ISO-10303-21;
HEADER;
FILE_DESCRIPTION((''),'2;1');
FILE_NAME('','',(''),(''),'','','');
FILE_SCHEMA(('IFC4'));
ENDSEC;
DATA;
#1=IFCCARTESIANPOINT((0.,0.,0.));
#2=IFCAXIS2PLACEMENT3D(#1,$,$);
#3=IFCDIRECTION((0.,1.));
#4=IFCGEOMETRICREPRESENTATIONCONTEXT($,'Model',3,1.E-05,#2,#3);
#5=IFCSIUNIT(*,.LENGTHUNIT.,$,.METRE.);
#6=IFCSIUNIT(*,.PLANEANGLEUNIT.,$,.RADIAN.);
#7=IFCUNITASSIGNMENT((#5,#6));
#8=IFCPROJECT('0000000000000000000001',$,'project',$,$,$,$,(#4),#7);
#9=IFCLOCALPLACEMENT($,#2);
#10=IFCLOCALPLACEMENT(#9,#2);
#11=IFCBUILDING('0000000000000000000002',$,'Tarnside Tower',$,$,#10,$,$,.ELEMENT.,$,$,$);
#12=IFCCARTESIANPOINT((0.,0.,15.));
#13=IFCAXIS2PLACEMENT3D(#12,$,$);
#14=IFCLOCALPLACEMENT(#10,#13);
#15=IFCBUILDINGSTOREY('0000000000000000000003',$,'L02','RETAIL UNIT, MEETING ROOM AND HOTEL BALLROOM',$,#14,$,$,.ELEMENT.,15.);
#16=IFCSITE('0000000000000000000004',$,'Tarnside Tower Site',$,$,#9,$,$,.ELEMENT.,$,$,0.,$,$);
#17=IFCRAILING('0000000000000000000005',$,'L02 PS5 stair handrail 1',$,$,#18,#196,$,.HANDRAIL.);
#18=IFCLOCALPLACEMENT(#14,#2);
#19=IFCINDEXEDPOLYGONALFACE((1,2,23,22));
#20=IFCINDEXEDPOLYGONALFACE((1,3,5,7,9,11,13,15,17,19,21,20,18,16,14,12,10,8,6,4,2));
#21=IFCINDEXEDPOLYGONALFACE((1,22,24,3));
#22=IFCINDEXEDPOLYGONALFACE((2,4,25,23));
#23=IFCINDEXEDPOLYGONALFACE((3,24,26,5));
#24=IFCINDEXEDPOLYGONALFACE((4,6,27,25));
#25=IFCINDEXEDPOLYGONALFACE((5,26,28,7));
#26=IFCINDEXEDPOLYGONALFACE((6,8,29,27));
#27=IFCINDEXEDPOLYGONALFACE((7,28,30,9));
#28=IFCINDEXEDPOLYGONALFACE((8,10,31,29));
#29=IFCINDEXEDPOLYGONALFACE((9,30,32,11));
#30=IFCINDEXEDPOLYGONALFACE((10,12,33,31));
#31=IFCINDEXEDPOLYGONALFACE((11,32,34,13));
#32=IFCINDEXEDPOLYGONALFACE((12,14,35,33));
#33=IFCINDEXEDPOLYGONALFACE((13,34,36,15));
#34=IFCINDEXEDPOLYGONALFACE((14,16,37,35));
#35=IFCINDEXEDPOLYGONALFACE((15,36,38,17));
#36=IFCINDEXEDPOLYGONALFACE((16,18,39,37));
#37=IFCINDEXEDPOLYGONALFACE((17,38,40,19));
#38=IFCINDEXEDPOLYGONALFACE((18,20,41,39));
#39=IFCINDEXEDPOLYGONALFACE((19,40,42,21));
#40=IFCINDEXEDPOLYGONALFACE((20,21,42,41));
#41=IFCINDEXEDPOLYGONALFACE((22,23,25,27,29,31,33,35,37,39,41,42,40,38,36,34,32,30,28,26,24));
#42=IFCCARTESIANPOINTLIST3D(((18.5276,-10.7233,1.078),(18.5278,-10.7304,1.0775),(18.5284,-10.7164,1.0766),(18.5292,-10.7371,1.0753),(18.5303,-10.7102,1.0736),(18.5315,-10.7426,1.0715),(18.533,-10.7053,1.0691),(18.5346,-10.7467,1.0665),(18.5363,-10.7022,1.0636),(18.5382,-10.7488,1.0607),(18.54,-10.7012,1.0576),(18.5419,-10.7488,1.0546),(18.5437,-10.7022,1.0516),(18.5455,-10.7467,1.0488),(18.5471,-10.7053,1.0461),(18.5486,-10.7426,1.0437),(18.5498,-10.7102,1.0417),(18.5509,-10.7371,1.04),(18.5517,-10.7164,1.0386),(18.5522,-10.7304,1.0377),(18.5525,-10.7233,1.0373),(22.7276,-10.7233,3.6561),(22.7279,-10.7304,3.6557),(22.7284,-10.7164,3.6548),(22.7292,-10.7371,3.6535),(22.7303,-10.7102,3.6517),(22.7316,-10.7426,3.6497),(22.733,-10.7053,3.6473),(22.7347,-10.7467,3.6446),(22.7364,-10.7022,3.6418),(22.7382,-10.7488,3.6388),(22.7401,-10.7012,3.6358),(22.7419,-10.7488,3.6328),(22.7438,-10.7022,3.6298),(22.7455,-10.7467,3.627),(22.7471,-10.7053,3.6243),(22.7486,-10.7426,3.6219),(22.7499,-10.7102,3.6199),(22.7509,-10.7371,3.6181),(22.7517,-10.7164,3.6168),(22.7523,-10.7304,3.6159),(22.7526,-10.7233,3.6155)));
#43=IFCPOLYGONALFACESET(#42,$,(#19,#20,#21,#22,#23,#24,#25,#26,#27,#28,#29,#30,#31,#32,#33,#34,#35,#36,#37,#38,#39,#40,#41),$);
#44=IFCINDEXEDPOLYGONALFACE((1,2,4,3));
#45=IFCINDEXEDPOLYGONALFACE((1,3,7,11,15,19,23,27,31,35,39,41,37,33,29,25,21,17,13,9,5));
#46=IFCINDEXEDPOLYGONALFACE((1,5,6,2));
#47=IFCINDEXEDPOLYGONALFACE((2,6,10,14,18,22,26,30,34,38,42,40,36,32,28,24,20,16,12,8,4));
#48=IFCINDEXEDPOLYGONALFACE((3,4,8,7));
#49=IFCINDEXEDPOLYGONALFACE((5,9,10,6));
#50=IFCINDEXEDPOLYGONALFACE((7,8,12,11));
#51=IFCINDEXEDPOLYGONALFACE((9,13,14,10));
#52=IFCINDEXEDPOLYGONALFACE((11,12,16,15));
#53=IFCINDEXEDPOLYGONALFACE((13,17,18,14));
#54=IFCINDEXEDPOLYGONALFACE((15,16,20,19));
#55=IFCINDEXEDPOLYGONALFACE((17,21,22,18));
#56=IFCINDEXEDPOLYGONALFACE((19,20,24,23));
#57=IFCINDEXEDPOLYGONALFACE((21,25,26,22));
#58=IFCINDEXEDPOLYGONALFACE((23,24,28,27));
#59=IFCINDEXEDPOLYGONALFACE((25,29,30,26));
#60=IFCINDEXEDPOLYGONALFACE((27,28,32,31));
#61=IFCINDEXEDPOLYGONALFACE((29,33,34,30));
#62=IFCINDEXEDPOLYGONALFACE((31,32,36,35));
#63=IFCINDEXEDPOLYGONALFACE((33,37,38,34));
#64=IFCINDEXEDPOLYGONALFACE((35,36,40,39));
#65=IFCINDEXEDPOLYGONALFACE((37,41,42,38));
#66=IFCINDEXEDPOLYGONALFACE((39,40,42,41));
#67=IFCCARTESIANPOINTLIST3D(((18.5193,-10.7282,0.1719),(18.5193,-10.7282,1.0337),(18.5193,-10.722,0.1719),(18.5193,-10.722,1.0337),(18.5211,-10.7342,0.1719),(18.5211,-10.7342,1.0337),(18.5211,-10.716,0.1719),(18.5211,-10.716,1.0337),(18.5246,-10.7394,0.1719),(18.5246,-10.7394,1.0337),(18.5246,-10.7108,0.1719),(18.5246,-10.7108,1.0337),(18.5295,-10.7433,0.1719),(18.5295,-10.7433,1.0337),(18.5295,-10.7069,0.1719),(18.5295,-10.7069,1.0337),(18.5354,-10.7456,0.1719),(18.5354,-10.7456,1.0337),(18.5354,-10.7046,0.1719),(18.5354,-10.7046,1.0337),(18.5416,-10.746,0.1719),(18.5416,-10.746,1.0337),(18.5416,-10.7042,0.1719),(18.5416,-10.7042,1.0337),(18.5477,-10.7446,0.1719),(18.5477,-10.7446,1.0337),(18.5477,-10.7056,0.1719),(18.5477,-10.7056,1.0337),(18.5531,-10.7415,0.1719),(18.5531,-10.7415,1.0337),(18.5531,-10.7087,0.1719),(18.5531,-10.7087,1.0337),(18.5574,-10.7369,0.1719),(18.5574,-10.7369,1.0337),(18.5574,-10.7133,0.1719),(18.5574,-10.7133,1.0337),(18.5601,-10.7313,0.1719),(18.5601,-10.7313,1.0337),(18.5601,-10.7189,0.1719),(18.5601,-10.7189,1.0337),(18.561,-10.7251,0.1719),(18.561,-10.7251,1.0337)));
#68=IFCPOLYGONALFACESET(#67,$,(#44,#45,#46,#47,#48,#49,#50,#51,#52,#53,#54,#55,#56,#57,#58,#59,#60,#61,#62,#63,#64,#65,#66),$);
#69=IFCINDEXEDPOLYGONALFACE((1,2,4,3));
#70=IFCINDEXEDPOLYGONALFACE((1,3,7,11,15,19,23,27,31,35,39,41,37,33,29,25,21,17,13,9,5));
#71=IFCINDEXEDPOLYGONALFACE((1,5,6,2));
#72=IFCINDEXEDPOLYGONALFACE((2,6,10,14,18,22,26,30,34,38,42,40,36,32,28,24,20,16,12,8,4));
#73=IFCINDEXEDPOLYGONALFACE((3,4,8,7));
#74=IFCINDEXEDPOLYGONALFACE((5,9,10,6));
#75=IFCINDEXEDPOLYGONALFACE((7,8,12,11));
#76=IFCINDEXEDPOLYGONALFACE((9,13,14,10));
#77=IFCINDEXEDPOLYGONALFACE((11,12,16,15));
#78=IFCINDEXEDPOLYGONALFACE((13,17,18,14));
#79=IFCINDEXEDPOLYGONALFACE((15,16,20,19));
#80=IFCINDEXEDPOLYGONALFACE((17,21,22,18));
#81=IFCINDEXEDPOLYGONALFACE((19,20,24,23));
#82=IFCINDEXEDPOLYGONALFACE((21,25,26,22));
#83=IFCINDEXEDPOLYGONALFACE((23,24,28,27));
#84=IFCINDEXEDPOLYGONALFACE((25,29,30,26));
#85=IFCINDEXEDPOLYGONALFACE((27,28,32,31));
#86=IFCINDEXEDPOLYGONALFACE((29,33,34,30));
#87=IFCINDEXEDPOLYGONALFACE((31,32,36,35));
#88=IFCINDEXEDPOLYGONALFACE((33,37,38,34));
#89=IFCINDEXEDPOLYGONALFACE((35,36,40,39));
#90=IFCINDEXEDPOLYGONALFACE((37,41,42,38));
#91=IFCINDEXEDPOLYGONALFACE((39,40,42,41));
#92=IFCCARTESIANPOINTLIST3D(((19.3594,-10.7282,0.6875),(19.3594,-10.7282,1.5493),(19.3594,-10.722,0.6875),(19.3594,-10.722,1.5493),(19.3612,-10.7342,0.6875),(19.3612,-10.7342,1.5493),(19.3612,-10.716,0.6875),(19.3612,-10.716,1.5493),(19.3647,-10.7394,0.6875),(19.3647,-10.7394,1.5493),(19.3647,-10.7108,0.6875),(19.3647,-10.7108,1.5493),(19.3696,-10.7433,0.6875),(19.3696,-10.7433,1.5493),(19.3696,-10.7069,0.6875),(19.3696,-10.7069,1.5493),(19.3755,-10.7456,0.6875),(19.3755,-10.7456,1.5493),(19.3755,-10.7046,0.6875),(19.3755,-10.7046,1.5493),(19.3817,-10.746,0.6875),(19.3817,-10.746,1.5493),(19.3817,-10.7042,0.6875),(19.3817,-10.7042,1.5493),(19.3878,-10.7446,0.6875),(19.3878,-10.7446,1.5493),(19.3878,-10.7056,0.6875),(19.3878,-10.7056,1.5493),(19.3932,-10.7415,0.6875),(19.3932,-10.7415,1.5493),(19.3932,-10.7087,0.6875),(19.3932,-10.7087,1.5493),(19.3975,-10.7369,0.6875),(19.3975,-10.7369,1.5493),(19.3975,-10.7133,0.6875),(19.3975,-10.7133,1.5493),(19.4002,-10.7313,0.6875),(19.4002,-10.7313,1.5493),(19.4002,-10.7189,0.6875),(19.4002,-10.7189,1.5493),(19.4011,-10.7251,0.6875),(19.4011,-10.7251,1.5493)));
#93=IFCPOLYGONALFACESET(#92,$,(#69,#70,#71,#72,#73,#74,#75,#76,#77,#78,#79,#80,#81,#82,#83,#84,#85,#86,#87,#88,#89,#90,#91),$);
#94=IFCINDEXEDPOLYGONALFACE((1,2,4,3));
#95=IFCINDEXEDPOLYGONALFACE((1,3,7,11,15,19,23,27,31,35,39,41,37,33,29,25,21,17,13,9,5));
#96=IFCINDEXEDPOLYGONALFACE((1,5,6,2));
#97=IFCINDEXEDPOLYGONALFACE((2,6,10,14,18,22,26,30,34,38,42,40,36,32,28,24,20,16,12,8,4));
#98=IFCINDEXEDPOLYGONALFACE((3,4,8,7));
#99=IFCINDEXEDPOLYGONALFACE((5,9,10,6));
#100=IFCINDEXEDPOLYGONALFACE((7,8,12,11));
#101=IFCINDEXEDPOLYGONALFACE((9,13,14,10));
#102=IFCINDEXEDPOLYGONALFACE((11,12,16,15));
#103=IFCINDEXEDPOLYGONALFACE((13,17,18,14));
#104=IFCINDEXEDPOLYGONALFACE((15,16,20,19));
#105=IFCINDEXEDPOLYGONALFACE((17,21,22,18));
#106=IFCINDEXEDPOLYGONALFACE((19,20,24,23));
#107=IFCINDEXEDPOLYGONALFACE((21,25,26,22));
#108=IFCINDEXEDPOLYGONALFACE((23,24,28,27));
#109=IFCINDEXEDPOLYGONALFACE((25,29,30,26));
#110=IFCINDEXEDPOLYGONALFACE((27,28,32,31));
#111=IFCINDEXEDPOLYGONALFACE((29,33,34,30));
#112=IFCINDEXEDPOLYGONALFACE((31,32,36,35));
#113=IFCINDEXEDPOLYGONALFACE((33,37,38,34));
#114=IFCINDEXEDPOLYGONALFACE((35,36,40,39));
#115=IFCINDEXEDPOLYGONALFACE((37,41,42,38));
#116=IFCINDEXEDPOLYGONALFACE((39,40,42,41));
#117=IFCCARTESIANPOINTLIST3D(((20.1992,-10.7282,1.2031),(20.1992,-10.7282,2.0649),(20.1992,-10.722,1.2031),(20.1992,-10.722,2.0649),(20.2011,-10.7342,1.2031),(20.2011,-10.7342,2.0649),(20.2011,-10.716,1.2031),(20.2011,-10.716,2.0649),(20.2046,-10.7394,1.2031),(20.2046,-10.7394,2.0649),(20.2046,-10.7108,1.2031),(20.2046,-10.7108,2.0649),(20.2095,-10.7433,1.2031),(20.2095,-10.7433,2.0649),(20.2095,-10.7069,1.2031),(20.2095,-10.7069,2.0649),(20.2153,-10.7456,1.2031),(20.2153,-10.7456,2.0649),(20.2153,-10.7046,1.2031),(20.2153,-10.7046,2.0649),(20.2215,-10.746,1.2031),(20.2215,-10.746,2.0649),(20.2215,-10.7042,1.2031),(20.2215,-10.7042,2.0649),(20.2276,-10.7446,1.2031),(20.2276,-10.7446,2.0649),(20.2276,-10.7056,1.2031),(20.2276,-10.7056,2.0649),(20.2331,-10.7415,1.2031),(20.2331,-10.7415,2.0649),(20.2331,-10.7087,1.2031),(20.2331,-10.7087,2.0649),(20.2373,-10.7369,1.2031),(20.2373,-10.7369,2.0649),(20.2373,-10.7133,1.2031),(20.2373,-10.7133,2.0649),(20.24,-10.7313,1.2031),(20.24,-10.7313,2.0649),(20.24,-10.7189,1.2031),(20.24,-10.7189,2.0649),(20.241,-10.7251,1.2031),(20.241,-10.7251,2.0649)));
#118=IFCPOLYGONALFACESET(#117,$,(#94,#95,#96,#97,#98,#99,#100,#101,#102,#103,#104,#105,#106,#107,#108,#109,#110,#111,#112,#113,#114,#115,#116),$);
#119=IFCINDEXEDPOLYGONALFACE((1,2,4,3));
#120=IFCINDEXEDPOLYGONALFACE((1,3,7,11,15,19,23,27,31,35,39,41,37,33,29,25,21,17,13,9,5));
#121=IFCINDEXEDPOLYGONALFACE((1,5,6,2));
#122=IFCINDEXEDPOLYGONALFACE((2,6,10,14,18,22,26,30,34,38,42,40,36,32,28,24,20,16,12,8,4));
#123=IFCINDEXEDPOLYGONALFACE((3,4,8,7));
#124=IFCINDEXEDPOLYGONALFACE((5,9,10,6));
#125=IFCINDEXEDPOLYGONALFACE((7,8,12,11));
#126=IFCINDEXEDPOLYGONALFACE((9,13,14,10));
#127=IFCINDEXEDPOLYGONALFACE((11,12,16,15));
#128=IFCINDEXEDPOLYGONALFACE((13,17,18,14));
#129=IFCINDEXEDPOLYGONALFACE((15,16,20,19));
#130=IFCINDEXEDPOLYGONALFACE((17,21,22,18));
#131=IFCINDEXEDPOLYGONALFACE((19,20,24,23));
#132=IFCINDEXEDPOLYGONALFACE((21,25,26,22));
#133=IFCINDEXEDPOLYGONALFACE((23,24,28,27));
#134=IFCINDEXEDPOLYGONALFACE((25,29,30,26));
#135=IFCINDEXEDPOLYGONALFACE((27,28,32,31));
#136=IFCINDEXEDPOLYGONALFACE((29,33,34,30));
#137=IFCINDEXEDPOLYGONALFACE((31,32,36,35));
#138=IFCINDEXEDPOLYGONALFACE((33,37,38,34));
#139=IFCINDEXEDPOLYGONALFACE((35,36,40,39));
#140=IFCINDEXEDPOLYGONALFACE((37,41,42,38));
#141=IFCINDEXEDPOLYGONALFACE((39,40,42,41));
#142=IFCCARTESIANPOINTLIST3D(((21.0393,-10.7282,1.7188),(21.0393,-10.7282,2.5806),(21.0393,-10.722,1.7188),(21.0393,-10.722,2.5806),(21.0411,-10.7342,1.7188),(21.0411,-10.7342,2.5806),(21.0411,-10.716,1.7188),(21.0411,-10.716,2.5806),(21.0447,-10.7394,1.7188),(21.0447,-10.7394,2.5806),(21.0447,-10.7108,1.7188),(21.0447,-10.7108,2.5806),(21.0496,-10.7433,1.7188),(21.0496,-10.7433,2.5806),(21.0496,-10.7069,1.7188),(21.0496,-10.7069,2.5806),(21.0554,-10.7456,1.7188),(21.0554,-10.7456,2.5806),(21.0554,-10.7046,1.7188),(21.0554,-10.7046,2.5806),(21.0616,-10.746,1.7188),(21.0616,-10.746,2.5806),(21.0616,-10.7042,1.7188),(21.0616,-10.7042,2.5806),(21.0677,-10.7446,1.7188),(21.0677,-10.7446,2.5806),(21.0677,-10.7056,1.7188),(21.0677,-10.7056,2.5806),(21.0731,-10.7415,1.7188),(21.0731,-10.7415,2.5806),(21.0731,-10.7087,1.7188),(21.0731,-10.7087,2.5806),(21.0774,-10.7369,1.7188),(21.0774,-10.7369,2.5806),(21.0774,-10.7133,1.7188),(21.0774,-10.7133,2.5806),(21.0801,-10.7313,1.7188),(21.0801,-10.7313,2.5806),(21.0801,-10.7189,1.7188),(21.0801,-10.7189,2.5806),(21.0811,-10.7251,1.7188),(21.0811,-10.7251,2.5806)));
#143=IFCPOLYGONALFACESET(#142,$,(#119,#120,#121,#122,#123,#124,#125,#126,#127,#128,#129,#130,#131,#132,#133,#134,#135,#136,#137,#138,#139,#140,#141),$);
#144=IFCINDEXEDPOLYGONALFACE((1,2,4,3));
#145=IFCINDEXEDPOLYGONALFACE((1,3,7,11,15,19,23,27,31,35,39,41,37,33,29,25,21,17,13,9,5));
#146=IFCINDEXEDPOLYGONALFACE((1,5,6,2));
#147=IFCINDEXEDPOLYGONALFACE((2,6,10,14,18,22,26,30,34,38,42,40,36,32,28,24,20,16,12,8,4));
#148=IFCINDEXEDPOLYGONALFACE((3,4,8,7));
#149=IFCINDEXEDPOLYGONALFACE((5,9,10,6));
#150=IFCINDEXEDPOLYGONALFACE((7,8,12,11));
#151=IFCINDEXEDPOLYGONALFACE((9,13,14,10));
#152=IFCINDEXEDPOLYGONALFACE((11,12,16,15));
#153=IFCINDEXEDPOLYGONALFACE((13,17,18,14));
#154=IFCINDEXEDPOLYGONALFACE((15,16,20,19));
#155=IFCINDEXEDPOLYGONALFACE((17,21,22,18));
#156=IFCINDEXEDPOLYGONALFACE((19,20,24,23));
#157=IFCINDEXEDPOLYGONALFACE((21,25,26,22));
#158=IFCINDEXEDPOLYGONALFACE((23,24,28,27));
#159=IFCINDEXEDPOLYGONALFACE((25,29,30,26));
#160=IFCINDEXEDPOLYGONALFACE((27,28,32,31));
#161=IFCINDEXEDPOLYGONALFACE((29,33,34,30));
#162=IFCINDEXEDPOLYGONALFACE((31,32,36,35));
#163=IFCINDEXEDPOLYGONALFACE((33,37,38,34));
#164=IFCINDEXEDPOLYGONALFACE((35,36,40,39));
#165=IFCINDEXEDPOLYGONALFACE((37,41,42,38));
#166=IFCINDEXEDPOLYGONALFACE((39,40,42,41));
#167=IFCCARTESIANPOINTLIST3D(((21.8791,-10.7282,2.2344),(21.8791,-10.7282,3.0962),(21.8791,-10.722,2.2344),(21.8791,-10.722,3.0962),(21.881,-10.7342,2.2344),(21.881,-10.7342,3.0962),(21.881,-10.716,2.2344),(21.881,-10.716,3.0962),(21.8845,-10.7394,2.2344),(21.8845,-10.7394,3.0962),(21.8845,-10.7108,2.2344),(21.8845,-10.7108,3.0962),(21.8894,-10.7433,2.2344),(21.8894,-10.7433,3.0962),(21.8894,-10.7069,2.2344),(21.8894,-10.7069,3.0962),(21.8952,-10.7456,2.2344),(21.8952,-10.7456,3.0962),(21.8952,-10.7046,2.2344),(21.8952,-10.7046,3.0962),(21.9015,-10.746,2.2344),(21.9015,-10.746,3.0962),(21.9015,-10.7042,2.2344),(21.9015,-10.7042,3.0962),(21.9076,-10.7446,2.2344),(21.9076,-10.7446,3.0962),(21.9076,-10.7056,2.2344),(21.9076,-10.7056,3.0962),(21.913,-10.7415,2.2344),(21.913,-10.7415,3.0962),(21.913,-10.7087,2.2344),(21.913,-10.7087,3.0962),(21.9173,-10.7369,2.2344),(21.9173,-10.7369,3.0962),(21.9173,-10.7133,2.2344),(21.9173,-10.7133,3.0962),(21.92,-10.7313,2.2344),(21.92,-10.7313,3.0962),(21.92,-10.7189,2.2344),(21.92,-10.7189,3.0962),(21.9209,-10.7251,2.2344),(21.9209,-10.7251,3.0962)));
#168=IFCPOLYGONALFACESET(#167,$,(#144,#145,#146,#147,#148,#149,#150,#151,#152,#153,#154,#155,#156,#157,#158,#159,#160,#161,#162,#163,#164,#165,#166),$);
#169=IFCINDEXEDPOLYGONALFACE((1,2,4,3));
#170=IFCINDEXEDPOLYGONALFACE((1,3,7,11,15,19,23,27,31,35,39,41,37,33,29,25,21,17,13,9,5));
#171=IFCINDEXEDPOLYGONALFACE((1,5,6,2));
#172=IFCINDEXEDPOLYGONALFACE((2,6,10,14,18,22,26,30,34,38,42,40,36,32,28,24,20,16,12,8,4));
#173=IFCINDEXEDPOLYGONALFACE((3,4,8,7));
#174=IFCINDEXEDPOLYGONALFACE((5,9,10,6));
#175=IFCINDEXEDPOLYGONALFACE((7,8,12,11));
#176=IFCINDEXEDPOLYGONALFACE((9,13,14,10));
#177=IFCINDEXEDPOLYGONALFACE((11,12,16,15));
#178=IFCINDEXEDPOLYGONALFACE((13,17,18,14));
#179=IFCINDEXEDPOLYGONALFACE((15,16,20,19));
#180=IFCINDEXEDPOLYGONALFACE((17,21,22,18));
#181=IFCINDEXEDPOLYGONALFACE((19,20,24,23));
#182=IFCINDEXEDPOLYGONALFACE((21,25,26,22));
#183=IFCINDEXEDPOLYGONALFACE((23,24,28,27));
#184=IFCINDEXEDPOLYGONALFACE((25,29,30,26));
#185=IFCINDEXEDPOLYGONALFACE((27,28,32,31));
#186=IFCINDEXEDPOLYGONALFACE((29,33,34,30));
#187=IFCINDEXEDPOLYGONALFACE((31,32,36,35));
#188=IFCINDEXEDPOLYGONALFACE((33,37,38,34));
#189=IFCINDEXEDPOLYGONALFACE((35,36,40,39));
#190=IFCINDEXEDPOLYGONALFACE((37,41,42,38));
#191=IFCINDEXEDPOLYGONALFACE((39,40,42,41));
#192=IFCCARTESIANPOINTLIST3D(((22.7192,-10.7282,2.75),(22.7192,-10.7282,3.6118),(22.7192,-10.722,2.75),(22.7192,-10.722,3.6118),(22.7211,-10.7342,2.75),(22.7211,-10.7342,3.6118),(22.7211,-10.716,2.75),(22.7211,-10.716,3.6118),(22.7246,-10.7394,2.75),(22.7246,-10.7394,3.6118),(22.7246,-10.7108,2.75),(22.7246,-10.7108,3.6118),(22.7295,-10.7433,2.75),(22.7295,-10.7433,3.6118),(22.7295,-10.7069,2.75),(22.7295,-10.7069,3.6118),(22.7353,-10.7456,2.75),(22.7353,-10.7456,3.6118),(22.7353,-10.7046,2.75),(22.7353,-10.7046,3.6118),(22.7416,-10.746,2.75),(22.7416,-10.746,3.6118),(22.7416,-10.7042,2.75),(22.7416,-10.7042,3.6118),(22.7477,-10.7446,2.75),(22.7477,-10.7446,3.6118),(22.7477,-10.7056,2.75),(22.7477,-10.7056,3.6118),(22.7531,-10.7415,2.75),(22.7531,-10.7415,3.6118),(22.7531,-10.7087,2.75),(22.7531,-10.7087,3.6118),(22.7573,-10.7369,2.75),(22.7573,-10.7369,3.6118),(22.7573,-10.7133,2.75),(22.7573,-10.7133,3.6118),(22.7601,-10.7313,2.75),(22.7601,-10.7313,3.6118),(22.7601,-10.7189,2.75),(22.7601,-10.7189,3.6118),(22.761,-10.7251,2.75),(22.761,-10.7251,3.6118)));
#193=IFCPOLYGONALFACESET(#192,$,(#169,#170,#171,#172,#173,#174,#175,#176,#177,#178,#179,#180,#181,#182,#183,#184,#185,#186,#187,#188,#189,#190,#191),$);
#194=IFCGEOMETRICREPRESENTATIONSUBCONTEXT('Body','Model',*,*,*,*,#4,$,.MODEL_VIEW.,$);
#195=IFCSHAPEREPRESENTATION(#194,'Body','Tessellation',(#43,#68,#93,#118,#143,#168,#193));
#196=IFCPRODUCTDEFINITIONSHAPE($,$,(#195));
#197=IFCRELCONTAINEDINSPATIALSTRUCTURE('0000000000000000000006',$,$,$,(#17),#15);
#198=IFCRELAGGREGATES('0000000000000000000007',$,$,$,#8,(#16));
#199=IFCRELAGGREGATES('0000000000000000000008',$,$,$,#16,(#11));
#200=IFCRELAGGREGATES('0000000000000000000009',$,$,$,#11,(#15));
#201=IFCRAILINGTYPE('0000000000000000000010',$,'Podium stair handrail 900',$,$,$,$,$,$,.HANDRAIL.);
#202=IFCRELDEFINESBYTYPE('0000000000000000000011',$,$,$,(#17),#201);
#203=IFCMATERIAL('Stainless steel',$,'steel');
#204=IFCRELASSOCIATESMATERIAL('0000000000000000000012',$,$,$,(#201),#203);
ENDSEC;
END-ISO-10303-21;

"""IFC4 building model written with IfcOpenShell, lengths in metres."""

from ifc_helpers import new_model, si_unit, direction, frame, origin, origin_2d, place, context, subcontext, project, spatial, circle, extrude, material, type_object, element, save


model = new_model("IFC4")

# Units and contexts
model_context = context("Model", 3, precision=1e-05, world=origin(), true_north=direction((0.0, 1.0)))
body_context = subcontext(model_context, "Body", "Model", "MODEL_VIEW")
ifc_project = project(units=[si_unit("LENGTHUNIT", "METRE"), si_unit("PLANEANGLEUNIT", "RADIAN")], contexts=[model_context])

# Site, building, storey
site_placement = place(None, origin())
site = spatial("IfcSite", under=ifc_project, at=site_placement, Name="Tarnside Tower Site", CompositionType="ELEMENT", RefElevation=0.0)
building_placement = place(site_placement, origin())
building = spatial("IfcBuilding", under=site, at=building_placement, Name="Tarnside Tower", CompositionType="ELEMENT")
storey_placement = place(building_placement, frame((0.0, 0.0, 15.0)))
storey = spatial("IfcBuildingStorey", under=building, at=storey_placement, Name="L02", Description="RETAIL UNIT, MEETING ROOM AND HOTEL BALLROOM", CompositionType="ELEMENT", Elevation=15.0)

# Railing
ifc_material_1 = material(Name="Stainless steel", Category="steel")
railing_type_1 = type_object("IfcRailingType", Name="Podium stair handrail 900", PredefinedType="HANDRAIL", material=ifc_material_1)
railing_1_placement = place(storey_placement, frame((18.54, -10.7251, 0.1719)))
element("IfcRailing", 1, at=railing_1_placement, inside=storey, type_object=railing_type_1, Name="L02 PS5 stair handrail 1", PredefinedType="HANDRAIL", context=body_context, shape_type="SweptSolid", body=[
    extrude(circle(Radius=0.0239, at=origin_2d()), frame((0.0, 0.0, 0.8857), z_axis=(0.852243, 0.0, 0.523146), x_axis=(0.0, 1.0, 0.0)), (0.0, 0.0, 1.0), 4.9282),
    extrude(circle(Radius=0.021, at=origin_2d()), origin(), (0.0, 0.0, 1.0), 0.8618),
    extrude(circle(Radius=0.021, at=origin_2d()), frame((0.8401, 0.0, 0.5156)), (0.0, 0.0, 1.0), 0.8618),
    extrude(circle(Radius=0.021, at=origin_2d()), frame((1.6799, 0.0, 1.0312)), (0.0, 0.0, 1.0), 0.8618),
    extrude(circle(Radius=0.021, at=origin_2d()), frame((2.52, 0.0, 1.5469)), (0.0, 0.0, 1.0), 0.8618),
    extrude(circle(Radius=0.021, at=origin_2d()), frame((3.3599, 0.0, 2.0625)), (0.0, 0.0, 1.0), 0.8618),
    extrude(circle(Radius=0.021, at=origin_2d()), frame((4.2, 0.0, 2.5781)), (0.0, 0.0, 1.0), 0.8618),
])

save(model, "model.ifc")
